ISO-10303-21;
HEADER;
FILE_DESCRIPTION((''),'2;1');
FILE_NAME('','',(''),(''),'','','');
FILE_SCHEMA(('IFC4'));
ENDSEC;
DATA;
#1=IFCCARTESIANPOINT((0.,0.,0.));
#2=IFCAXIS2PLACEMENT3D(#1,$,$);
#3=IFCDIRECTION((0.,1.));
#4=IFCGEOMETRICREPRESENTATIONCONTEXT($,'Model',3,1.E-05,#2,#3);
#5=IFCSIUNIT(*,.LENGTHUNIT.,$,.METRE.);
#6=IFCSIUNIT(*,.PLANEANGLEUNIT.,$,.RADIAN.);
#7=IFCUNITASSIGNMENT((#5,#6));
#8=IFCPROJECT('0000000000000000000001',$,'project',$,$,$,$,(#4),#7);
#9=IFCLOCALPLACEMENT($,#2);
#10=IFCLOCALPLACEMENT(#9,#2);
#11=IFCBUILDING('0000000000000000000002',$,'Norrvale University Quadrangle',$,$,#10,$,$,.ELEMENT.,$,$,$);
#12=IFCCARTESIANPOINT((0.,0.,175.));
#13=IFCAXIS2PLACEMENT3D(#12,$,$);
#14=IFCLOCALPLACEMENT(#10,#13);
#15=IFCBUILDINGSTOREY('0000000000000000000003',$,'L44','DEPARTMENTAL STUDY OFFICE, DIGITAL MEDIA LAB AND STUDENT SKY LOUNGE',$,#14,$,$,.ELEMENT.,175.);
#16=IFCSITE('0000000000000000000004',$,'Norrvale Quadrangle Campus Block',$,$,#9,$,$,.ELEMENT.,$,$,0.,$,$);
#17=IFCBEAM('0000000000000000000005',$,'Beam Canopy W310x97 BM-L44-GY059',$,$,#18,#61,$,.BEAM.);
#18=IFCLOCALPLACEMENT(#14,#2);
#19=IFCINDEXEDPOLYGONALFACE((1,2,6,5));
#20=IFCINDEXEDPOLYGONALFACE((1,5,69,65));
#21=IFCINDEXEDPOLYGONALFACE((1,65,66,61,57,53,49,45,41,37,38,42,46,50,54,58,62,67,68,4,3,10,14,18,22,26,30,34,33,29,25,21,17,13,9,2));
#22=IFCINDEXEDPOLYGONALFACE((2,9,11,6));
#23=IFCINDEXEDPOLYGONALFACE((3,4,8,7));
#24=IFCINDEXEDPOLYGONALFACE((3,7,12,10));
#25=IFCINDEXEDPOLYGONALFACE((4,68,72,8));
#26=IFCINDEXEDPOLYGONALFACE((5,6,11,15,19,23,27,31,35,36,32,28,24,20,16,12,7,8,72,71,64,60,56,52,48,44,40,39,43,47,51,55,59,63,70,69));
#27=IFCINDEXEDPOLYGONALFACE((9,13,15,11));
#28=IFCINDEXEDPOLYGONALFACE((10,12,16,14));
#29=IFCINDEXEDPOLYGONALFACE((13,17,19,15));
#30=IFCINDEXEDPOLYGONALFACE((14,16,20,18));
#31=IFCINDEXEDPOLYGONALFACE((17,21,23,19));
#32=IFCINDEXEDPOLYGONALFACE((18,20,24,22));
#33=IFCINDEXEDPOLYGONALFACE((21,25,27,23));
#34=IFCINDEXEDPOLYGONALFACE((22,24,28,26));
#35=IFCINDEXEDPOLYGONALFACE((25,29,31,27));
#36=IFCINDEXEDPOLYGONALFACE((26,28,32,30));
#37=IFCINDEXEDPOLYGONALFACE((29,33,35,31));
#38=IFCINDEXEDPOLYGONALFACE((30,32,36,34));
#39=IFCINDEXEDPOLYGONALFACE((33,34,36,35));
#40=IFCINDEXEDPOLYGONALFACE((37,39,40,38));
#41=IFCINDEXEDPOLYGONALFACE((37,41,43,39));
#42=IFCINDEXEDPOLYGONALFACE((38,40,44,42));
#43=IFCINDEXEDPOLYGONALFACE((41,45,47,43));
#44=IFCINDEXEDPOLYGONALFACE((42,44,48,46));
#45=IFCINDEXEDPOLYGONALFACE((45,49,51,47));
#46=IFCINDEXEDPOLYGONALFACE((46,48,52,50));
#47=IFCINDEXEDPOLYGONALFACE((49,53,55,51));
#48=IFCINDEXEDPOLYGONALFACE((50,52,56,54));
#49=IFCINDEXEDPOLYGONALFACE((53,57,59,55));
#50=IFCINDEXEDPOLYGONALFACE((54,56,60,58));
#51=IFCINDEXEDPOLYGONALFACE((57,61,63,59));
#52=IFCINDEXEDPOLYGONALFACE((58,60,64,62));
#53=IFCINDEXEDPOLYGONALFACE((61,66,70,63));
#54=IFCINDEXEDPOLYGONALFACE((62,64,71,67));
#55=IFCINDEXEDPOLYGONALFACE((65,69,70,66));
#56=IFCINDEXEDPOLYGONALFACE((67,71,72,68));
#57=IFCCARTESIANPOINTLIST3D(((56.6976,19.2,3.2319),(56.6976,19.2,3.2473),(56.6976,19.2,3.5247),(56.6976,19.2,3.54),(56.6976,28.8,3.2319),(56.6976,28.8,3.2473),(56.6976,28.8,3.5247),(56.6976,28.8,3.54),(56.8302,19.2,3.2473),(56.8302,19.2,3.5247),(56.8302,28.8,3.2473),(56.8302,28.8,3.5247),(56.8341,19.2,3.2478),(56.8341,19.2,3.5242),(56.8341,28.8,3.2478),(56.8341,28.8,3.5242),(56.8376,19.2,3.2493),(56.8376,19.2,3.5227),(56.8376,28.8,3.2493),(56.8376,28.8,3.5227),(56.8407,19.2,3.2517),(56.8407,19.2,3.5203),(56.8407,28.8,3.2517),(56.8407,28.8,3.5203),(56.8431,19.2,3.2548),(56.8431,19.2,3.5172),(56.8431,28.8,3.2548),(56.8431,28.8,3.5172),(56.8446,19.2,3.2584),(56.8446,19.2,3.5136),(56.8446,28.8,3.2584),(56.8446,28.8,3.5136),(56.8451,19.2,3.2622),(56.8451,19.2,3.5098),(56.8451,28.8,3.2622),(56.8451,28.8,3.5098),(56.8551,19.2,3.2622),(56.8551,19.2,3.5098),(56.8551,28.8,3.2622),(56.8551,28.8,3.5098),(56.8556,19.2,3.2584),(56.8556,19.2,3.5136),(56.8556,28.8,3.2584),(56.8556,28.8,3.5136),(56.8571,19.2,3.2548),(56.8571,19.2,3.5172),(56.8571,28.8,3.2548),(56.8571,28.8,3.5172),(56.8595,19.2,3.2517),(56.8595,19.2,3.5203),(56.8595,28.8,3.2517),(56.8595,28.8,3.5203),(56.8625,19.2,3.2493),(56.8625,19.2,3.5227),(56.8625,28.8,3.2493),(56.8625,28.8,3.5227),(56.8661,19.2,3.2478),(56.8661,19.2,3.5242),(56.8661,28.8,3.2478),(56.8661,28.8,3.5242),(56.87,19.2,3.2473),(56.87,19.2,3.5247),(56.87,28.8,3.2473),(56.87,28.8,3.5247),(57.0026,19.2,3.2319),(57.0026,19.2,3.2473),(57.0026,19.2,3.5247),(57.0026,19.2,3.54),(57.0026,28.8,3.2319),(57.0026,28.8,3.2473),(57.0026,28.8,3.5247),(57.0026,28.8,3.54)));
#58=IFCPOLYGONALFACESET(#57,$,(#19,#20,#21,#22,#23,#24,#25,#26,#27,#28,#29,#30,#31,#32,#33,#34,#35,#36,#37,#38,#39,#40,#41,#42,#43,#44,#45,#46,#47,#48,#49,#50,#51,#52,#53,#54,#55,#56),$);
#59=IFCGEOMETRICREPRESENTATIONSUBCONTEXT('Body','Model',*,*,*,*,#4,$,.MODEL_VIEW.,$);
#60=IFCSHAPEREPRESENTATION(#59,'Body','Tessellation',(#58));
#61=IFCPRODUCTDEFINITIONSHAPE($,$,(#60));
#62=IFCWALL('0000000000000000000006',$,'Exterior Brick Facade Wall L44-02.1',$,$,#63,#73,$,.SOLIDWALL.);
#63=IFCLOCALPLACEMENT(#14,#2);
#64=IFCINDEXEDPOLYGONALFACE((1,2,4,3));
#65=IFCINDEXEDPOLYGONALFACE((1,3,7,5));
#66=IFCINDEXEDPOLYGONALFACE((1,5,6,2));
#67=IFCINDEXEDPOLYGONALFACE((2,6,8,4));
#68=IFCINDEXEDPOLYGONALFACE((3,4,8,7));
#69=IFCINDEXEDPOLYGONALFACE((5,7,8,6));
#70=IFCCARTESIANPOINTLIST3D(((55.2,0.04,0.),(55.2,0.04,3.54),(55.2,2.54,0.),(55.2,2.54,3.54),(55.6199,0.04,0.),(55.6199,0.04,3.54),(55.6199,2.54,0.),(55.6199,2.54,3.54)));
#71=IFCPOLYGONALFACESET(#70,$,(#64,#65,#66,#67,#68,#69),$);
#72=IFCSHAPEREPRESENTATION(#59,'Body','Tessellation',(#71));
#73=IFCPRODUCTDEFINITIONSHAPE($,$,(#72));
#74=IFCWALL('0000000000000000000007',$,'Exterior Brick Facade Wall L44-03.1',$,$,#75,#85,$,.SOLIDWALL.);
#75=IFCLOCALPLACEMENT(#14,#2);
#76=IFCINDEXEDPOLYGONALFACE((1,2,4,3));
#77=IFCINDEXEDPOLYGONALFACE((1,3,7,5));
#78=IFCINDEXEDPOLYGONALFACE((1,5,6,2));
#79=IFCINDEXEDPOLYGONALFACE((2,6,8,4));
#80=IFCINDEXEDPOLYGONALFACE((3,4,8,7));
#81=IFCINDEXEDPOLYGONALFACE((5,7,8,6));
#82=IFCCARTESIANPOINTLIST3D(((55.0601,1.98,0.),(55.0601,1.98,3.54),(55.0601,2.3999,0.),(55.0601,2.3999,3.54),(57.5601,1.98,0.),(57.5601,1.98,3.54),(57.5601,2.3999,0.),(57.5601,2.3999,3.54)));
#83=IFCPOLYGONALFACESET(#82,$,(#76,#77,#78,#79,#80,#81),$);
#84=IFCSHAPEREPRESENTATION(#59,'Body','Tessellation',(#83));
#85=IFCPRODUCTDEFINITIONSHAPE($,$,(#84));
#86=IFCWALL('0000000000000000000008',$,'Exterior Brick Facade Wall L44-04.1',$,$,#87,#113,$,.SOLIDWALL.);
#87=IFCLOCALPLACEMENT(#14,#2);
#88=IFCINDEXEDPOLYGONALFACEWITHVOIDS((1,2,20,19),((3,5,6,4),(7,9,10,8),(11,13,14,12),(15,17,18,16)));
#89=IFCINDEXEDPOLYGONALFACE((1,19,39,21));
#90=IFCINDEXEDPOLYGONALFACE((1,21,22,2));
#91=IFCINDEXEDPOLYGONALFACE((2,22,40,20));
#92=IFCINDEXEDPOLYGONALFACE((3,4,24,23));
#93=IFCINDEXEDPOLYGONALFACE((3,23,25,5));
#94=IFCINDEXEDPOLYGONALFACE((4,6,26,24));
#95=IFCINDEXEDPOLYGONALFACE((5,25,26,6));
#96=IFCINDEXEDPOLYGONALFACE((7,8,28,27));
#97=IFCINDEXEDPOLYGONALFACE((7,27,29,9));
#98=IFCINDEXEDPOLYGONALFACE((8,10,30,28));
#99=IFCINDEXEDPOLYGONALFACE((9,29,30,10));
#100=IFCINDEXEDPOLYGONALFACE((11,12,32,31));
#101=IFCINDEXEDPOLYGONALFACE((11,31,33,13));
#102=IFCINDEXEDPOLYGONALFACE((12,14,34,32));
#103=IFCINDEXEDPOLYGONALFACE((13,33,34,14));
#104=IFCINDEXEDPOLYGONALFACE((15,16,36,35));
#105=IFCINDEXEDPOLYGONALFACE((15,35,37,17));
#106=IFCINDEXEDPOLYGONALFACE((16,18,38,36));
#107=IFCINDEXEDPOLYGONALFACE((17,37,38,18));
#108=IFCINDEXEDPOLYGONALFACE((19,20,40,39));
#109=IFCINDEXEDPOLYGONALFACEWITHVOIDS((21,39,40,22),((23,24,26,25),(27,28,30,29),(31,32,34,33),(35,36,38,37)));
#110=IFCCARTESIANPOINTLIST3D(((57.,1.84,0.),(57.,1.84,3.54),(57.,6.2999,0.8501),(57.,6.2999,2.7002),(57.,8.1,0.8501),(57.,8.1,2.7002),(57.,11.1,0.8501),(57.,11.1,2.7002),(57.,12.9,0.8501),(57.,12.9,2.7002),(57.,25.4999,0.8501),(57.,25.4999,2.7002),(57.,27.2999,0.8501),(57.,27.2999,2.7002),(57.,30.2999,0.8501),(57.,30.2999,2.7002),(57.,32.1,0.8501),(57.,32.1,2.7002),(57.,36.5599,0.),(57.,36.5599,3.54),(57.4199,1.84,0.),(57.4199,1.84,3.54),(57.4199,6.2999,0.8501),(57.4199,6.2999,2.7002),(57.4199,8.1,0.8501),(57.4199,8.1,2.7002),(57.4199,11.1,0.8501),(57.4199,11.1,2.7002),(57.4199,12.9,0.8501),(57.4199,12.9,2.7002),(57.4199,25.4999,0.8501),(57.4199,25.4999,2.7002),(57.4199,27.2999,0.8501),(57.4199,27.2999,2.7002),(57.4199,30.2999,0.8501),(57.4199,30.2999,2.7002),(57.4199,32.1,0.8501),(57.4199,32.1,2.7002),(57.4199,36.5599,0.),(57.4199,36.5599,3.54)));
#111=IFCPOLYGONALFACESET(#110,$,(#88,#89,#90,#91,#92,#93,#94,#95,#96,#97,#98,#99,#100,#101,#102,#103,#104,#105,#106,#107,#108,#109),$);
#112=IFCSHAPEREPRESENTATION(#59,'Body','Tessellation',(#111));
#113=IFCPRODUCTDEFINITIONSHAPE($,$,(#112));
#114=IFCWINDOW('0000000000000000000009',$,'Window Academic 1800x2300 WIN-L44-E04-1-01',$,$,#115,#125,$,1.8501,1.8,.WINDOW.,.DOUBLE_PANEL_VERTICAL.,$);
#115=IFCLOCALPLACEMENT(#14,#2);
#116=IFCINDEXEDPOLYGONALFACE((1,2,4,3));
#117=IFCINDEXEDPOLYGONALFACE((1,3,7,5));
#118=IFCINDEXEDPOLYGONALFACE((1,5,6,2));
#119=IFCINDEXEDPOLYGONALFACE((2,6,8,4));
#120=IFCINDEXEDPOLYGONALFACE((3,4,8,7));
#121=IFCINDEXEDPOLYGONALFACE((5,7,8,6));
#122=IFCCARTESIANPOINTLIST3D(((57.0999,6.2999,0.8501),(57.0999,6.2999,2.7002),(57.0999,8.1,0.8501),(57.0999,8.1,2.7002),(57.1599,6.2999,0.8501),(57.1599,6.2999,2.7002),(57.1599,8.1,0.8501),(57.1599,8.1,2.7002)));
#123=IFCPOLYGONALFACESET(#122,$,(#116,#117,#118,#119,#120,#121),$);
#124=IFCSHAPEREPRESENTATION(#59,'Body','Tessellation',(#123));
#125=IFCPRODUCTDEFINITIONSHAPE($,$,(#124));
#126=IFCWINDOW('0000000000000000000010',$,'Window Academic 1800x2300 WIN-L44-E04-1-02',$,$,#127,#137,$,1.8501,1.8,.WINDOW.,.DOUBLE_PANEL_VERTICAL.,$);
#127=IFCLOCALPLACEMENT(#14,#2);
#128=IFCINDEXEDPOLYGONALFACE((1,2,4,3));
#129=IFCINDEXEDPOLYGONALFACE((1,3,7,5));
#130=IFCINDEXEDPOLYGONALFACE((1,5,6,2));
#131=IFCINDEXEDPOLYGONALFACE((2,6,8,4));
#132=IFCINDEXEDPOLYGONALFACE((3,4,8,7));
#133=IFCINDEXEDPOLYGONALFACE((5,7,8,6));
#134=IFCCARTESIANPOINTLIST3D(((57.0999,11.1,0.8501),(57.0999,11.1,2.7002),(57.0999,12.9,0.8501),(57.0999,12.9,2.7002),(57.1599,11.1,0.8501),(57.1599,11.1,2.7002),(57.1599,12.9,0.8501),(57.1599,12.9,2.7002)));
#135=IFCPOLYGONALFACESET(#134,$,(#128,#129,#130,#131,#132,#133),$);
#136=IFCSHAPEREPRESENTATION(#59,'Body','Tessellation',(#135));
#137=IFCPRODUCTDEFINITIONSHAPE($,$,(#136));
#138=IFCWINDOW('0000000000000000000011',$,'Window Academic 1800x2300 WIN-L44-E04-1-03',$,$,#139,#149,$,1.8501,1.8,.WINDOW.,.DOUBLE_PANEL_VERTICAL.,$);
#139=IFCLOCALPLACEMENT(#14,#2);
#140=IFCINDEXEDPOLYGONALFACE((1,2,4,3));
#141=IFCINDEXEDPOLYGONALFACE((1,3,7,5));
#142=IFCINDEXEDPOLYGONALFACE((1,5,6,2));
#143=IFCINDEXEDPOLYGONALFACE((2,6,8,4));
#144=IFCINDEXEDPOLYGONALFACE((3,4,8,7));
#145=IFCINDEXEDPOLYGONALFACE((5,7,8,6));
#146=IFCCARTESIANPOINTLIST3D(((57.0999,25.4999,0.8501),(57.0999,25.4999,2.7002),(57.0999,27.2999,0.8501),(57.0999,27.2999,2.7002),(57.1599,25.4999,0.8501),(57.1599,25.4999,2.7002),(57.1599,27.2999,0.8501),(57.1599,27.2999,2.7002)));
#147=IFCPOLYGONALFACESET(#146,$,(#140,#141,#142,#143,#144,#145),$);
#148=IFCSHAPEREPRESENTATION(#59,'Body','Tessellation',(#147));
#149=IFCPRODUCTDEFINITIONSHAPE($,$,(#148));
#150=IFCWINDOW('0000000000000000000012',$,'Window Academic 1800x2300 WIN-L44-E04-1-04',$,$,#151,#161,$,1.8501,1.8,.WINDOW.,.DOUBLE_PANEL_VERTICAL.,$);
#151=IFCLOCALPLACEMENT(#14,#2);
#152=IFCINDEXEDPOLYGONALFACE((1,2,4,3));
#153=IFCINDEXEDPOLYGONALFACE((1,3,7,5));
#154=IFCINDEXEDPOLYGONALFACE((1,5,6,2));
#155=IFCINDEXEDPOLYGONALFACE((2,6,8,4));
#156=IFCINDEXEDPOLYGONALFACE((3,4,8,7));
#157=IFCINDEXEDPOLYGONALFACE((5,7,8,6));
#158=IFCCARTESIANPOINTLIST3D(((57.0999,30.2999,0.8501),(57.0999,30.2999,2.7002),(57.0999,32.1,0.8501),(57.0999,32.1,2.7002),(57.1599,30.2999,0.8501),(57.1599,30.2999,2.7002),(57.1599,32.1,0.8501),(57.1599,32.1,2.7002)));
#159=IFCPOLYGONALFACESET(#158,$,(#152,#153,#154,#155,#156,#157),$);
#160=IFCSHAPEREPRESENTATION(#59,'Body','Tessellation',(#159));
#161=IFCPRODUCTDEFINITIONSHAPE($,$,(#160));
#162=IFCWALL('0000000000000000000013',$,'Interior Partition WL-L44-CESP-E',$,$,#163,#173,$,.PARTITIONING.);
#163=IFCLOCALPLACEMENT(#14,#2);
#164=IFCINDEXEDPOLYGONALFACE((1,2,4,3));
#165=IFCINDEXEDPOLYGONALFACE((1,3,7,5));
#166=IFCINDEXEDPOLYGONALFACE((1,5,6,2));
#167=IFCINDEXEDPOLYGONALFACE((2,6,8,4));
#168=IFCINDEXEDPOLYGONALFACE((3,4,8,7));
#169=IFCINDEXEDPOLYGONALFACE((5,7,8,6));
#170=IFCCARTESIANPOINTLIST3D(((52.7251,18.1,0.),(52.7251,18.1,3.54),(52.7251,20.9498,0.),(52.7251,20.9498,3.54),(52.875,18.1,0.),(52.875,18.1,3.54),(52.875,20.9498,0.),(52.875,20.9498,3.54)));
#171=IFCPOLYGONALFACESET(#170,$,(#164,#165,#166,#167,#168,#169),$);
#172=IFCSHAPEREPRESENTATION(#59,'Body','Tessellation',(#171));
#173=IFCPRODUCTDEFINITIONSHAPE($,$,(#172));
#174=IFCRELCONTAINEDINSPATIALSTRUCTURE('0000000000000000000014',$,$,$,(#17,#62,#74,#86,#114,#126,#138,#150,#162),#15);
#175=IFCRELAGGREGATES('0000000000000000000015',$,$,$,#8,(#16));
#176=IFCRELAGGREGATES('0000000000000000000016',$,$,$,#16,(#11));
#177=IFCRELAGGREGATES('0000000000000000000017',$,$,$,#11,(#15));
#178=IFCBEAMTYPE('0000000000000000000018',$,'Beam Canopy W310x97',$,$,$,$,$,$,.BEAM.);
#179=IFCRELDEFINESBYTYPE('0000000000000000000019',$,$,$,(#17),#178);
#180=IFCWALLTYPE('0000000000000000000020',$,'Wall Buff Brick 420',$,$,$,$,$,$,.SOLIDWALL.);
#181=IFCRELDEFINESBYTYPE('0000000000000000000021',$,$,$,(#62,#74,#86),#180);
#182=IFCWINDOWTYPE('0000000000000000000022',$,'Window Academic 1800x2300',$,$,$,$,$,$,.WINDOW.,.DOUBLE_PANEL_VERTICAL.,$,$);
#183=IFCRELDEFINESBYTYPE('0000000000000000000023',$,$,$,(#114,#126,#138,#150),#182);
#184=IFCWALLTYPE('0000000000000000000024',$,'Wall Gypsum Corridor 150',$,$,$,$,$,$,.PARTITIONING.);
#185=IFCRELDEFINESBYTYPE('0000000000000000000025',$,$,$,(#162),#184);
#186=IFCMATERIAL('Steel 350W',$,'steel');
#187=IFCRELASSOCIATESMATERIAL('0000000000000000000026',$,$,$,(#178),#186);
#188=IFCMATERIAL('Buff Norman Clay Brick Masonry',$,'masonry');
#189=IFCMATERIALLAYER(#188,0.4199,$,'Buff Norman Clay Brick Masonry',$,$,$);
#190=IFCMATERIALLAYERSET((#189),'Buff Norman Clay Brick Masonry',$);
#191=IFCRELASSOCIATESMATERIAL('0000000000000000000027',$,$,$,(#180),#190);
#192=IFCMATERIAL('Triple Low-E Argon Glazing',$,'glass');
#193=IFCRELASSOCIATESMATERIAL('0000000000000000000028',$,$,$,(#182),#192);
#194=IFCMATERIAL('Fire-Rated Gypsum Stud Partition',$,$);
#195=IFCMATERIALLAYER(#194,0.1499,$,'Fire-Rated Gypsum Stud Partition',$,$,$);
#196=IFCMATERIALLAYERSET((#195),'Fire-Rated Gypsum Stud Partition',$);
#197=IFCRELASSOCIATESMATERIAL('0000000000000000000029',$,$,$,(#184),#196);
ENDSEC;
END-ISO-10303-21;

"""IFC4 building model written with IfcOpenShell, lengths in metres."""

from ifc_helpers import new_model, si_unit, direction, frame, frame_2d, origin, origin_2d, place, context, subcontext, project, spatial, rectangle, i_section, extrude, material, layer, layer_set, material_profile, profile_set, type_object, element, fill, save


model = new_model("IFC4")

# Units and contexts
model_context = context("Model", 3, precision=1e-05, world=origin(), true_north=direction((0.0, 1.0)))
body_context = subcontext(model_context, "Body", "Model", "MODEL_VIEW")
ifc_project = project(units=[si_unit("LENGTHUNIT", "METRE"), si_unit("PLANEANGLEUNIT", "RADIAN")], contexts=[model_context])

# Site, building, storey
site_placement = place(None, origin())
site = spatial("IfcSite", under=ifc_project, at=site_placement, Name="Norrvale Quadrangle Campus Block", CompositionType="ELEMENT", RefElevation=0.0)
building_placement = place(site_placement, origin())
building = spatial("IfcBuilding", under=site, at=building_placement, Name="Norrvale University Quadrangle", CompositionType="ELEMENT")
storey_placement = place(building_placement, frame((0.0, 0.0, 175.0)))
storey = spatial("IfcBuildingStorey", under=building, at=storey_placement, Name="L44", Description="DEPARTMENTAL STUDY OFFICE, DIGITAL MEDIA LAB AND STUDENT SKY LOUNGE", CompositionType="ELEMENT", Elevation=175.0)

# Beam
ifc_material_1 = material(Name="Steel 350W", Category="steel")
ifc_material_profile_1 = material_profile(ifc_material_1, i_section(OverallWidth=0.3049, OverallDepth=0.3081, WebThickness=0.01, FlangeThickness=0.0154, FilletRadius=0.0149, at=origin_2d()), Name="Steel 350W")
ifc_profile_set_1 = profile_set([ifc_material_profile_1], Name="Steel 350W")
beam_type_1 = type_object("IfcBeamType", Name="Beam Canopy W310x97", PredefinedType="BEAM", material=ifc_profile_set_1)
beam_1_placement = place(storey_placement, frame((56.8501, 19.2, 3.386), z_axis=(0.0, 1.0, 0.0), x_axis=(-1.0, 0.0, 0.0)))
element("IfcBeam", 1, at=beam_1_placement, inside=storey, type_object=beam_type_1, Name="Beam Canopy W310x97 BM-L44-GY059", PredefinedType="BEAM", context=body_context, shape_type="SweptSolid", body=[
    extrude(i_section(OverallWidth=0.3049, OverallDepth=0.3081, WebThickness=0.01, FlangeThickness=0.0154, FilletRadius=0.0149, at=origin_2d()), origin(), (0.0, 0.0, 1.0), 9.6001),
])

# Walls
ifc_material_2 = material(Name="Buff Norman Clay Brick Masonry", Category="masonry")
ifc_layer_1 = layer(ifc_material_2, 0.4199, Name="Buff Norman Clay Brick Masonry")
ifc_layer_set_1 = layer_set([ifc_layer_1], Name="Buff Norman Clay Brick Masonry")
wall_type_1 = type_object("IfcWallType", Name="Wall Buff Brick 420", PredefinedType="SOLIDWALL", material=ifc_layer_set_1)
for number, where, z_axis, x_axis, name in (
    (2, (55.4099, 0.04, 0.0), (0.0, 0.0, 1.0), (0.0, 1.0, 0.0), "Exterior Brick Facade Wall L44-02.1"),
    (3, (55.0601, 2.1899, 0.0), (0.0, 0.0, 1.0), (1.0, 0.0, 0.0), "Exterior Brick Facade Wall L44-03.1"),
):
    element("IfcWall", number, at=place(storey_placement, frame(where, z_axis=z_axis, x_axis=x_axis)), inside=storey, type_object=wall_type_1, Name=name, PredefinedType="SOLIDWALL", context=body_context, shape_type="SweptSolid", body=[
        extrude(rectangle(XDim=2.5, YDim=0.4199, at=frame_2d((1.25, 0.0))), origin(), (0.0, 0.0, 1.0), 3.54),
    ])

# Wall, openings, windows
wall_1_placement = place(storey_placement, frame((57.21, 1.8401, 0.0), z_axis=(0.0, 0.0, 1.0), x_axis=(0.0, 1.0, 0.0)))
wall_1 = element("IfcWall", 4, at=wall_1_placement, inside=storey, type_object=wall_type_1, Name="Exterior Brick Facade Wall L44-04.1", PredefinedType="SOLIDWALL", context=body_context, shape_type="SweptSolid", body=[
    extrude(rectangle(XDim=34.72, YDim=0.4199, at=frame_2d((17.3599, 0.0))), origin(), (0.0, 0.0, 1.0), 3.54),
])
opening_1_placement = place(wall_1_placement, frame((4.46, 0.0, 0.8501)))
opening_1 = element("IfcOpeningElement", 5, at=opening_1_placement, cuts=wall_1, PredefinedType="OPENING", context=body_context, shape_type="SweptSolid", body=[
    extrude(rectangle(XDim=1.8, YDim=1.8501, at=frame_2d((0.8999, 0.925))), frame((0.0, 0.2219, 0.0), z_axis=(0.0, -1.0, 0.0), x_axis=(1.0, 0.0, 0.0)), (0.0, 0.0, 1.0), 0.4438),
])
opening_2_placement = place(wall_1_placement, frame((9.26, 0.0, 0.8501)))
opening_2 = element("IfcOpeningElement", 6, at=opening_2_placement, cuts=wall_1, PredefinedType="OPENING", context=body_context, shape_type="SweptSolid", body=[
    extrude(rectangle(XDim=1.8, YDim=1.8501, at=frame_2d((0.8999, 0.925))), frame((0.0, 0.2219, 0.0), z_axis=(0.0, -1.0, 0.0), x_axis=(1.0, 0.0, 0.0)), (0.0, 0.0, 1.0), 0.4438),
])
opening_3_placement = place(wall_1_placement, frame((23.6599, 0.0, 0.8501)))
opening_3 = element("IfcOpeningElement", 7, at=opening_3_placement, cuts=wall_1, PredefinedType="OPENING", context=body_context, shape_type="SweptSolid", body=[
    extrude(rectangle(XDim=1.8, YDim=1.8501, at=frame_2d((0.8999, 0.925))), frame((0.0, 0.2219, 0.0), z_axis=(0.0, -1.0, 0.0), x_axis=(1.0, 0.0, 0.0)), (0.0, 0.0, 1.0), 0.4438),
])
opening_4_placement = place(wall_1_placement, frame((28.46, 0.0, 0.8501)))
opening_4 = element("IfcOpeningElement", 8, at=opening_4_placement, cuts=wall_1, PredefinedType="OPENING", context=body_context, shape_type="SweptSolid", body=[
    extrude(rectangle(XDim=1.8, YDim=1.8501, at=frame_2d((0.8999, 0.925))), frame((0.0, 0.2219, 0.0), z_axis=(0.0, -1.0, 0.0), x_axis=(1.0, 0.0, 0.0)), (0.0, 0.0, 1.0), 0.4438),
])
ifc_material_3 = material(Name="Triple Low-E Argon Glazing", Category="glass")
window_type = type_object("IfcWindowType", Name="Window Academic 1800x2300", PartitioningType="DOUBLE_PANEL_VERTICAL", PredefinedType="WINDOW", material=ifc_material_3)
window_1_placement = place(opening_1_placement, origin())
window_1 = element("IfcWindow", 9, at=window_1_placement, inside=storey, type_object=window_type, Name="Window Academic 1800x2300 WIN-L44-E04-1-01", OverallHeight=1.8501, OverallWidth=1.8, PartitioningType="DOUBLE_PANEL_VERTICAL", PredefinedType="WINDOW", context=body_context, shape_type="SweptSolid", body=[
    extrude(rectangle(XDim=1.8, YDim=1.8501, at=frame_2d((0.8999, 0.925))), frame((0.0, 0.1101, 0.0), z_axis=(0.0, -1.0, 0.0), x_axis=(1.0, 0.0, 0.0)), (0.0, 0.0, 1.0), 0.0601),
])
fill(opening_1, window_1)
window_2_placement = place(opening_2_placement, origin())
window_2 = element("IfcWindow", 10, at=window_2_placement, inside=storey, type_object=window_type, Name="Window Academic 1800x2300 WIN-L44-E04-1-02", OverallHeight=1.8501, OverallWidth=1.8, PartitioningType="DOUBLE_PANEL_VERTICAL", PredefinedType="WINDOW", context=body_context, shape_type="SweptSolid", body=[
    extrude(rectangle(XDim=1.8, YDim=1.8501, at=frame_2d((0.8999, 0.925))), frame((0.0, 0.1101, 0.0), z_axis=(0.0, -1.0, 0.0), x_axis=(1.0, 0.0, 0.0)), (0.0, 0.0, 1.0), 0.0601),
])
fill(opening_2, window_2)
window_3_placement = place(opening_3_placement, origin())
window_3 = element("IfcWindow", 11, at=window_3_placement, inside=storey, type_object=window_type, Name="Window Academic 1800x2300 WIN-L44-E04-1-03", OverallHeight=1.8501, OverallWidth=1.8, PartitioningType="DOUBLE_PANEL_VERTICAL", PredefinedType="WINDOW", context=body_context, shape_type="SweptSolid", body=[
    extrude(rectangle(XDim=1.8, YDim=1.8501, at=frame_2d((0.8999, 0.925))), frame((0.0, 0.1101, 0.0), z_axis=(0.0, -1.0, 0.0), x_axis=(1.0, 0.0, 0.0)), (0.0, 0.0, 1.0), 0.0601),
])
fill(opening_3, window_3)
window_4_placement = place(opening_4_placement, origin())
window_4 = element("IfcWindow", 12, at=window_4_placement, inside=storey, type_object=window_type, Name="Window Academic 1800x2300 WIN-L44-E04-1-04", OverallHeight=1.8501, OverallWidth=1.8, PartitioningType="DOUBLE_PANEL_VERTICAL", PredefinedType="WINDOW", context=body_context, shape_type="SweptSolid", body=[
    extrude(rectangle(XDim=1.8, YDim=1.8501, at=frame_2d((0.8999, 0.925))), frame((0.0, 0.1101, 0.0), z_axis=(0.0, -1.0, 0.0), x_axis=(1.0, 0.0, 0.0)), (0.0, 0.0, 1.0), 0.0601),
])
fill(opening_4, window_4)

# Wall
ifc_material_4 = material(Name="Fire-Rated Gypsum Stud Partition")
ifc_layer_2 = layer(ifc_material_4, 0.1499, Name="Fire-Rated Gypsum Stud Partition")
ifc_layer_set_2 = layer_set([ifc_layer_2], Name="Fire-Rated Gypsum Stud Partition")
wall_type_2 = type_object("IfcWallType", Name="Wall Gypsum Corridor 150", PredefinedType="PARTITIONING", material=ifc_layer_set_2)
wall_2_placement = place(storey_placement, frame((52.8, 18.1001, 0.0), z_axis=(0.0, 0.0, 1.0), x_axis=(0.0, 1.0, 0.0)))
element("IfcWall", 13, at=wall_2_placement, inside=storey, type_object=wall_type_2, Name="Interior Partition WL-L44-CESP-E", PredefinedType="PARTITIONING", context=body_context, shape_type="SweptSolid", body=[
    extrude(rectangle(XDim=2.8499, YDim=0.1499, at=frame_2d((1.4248, 0.0))), origin(), (0.0, 0.0, 1.0), 3.54),
])

save(model, "model.ifc")
